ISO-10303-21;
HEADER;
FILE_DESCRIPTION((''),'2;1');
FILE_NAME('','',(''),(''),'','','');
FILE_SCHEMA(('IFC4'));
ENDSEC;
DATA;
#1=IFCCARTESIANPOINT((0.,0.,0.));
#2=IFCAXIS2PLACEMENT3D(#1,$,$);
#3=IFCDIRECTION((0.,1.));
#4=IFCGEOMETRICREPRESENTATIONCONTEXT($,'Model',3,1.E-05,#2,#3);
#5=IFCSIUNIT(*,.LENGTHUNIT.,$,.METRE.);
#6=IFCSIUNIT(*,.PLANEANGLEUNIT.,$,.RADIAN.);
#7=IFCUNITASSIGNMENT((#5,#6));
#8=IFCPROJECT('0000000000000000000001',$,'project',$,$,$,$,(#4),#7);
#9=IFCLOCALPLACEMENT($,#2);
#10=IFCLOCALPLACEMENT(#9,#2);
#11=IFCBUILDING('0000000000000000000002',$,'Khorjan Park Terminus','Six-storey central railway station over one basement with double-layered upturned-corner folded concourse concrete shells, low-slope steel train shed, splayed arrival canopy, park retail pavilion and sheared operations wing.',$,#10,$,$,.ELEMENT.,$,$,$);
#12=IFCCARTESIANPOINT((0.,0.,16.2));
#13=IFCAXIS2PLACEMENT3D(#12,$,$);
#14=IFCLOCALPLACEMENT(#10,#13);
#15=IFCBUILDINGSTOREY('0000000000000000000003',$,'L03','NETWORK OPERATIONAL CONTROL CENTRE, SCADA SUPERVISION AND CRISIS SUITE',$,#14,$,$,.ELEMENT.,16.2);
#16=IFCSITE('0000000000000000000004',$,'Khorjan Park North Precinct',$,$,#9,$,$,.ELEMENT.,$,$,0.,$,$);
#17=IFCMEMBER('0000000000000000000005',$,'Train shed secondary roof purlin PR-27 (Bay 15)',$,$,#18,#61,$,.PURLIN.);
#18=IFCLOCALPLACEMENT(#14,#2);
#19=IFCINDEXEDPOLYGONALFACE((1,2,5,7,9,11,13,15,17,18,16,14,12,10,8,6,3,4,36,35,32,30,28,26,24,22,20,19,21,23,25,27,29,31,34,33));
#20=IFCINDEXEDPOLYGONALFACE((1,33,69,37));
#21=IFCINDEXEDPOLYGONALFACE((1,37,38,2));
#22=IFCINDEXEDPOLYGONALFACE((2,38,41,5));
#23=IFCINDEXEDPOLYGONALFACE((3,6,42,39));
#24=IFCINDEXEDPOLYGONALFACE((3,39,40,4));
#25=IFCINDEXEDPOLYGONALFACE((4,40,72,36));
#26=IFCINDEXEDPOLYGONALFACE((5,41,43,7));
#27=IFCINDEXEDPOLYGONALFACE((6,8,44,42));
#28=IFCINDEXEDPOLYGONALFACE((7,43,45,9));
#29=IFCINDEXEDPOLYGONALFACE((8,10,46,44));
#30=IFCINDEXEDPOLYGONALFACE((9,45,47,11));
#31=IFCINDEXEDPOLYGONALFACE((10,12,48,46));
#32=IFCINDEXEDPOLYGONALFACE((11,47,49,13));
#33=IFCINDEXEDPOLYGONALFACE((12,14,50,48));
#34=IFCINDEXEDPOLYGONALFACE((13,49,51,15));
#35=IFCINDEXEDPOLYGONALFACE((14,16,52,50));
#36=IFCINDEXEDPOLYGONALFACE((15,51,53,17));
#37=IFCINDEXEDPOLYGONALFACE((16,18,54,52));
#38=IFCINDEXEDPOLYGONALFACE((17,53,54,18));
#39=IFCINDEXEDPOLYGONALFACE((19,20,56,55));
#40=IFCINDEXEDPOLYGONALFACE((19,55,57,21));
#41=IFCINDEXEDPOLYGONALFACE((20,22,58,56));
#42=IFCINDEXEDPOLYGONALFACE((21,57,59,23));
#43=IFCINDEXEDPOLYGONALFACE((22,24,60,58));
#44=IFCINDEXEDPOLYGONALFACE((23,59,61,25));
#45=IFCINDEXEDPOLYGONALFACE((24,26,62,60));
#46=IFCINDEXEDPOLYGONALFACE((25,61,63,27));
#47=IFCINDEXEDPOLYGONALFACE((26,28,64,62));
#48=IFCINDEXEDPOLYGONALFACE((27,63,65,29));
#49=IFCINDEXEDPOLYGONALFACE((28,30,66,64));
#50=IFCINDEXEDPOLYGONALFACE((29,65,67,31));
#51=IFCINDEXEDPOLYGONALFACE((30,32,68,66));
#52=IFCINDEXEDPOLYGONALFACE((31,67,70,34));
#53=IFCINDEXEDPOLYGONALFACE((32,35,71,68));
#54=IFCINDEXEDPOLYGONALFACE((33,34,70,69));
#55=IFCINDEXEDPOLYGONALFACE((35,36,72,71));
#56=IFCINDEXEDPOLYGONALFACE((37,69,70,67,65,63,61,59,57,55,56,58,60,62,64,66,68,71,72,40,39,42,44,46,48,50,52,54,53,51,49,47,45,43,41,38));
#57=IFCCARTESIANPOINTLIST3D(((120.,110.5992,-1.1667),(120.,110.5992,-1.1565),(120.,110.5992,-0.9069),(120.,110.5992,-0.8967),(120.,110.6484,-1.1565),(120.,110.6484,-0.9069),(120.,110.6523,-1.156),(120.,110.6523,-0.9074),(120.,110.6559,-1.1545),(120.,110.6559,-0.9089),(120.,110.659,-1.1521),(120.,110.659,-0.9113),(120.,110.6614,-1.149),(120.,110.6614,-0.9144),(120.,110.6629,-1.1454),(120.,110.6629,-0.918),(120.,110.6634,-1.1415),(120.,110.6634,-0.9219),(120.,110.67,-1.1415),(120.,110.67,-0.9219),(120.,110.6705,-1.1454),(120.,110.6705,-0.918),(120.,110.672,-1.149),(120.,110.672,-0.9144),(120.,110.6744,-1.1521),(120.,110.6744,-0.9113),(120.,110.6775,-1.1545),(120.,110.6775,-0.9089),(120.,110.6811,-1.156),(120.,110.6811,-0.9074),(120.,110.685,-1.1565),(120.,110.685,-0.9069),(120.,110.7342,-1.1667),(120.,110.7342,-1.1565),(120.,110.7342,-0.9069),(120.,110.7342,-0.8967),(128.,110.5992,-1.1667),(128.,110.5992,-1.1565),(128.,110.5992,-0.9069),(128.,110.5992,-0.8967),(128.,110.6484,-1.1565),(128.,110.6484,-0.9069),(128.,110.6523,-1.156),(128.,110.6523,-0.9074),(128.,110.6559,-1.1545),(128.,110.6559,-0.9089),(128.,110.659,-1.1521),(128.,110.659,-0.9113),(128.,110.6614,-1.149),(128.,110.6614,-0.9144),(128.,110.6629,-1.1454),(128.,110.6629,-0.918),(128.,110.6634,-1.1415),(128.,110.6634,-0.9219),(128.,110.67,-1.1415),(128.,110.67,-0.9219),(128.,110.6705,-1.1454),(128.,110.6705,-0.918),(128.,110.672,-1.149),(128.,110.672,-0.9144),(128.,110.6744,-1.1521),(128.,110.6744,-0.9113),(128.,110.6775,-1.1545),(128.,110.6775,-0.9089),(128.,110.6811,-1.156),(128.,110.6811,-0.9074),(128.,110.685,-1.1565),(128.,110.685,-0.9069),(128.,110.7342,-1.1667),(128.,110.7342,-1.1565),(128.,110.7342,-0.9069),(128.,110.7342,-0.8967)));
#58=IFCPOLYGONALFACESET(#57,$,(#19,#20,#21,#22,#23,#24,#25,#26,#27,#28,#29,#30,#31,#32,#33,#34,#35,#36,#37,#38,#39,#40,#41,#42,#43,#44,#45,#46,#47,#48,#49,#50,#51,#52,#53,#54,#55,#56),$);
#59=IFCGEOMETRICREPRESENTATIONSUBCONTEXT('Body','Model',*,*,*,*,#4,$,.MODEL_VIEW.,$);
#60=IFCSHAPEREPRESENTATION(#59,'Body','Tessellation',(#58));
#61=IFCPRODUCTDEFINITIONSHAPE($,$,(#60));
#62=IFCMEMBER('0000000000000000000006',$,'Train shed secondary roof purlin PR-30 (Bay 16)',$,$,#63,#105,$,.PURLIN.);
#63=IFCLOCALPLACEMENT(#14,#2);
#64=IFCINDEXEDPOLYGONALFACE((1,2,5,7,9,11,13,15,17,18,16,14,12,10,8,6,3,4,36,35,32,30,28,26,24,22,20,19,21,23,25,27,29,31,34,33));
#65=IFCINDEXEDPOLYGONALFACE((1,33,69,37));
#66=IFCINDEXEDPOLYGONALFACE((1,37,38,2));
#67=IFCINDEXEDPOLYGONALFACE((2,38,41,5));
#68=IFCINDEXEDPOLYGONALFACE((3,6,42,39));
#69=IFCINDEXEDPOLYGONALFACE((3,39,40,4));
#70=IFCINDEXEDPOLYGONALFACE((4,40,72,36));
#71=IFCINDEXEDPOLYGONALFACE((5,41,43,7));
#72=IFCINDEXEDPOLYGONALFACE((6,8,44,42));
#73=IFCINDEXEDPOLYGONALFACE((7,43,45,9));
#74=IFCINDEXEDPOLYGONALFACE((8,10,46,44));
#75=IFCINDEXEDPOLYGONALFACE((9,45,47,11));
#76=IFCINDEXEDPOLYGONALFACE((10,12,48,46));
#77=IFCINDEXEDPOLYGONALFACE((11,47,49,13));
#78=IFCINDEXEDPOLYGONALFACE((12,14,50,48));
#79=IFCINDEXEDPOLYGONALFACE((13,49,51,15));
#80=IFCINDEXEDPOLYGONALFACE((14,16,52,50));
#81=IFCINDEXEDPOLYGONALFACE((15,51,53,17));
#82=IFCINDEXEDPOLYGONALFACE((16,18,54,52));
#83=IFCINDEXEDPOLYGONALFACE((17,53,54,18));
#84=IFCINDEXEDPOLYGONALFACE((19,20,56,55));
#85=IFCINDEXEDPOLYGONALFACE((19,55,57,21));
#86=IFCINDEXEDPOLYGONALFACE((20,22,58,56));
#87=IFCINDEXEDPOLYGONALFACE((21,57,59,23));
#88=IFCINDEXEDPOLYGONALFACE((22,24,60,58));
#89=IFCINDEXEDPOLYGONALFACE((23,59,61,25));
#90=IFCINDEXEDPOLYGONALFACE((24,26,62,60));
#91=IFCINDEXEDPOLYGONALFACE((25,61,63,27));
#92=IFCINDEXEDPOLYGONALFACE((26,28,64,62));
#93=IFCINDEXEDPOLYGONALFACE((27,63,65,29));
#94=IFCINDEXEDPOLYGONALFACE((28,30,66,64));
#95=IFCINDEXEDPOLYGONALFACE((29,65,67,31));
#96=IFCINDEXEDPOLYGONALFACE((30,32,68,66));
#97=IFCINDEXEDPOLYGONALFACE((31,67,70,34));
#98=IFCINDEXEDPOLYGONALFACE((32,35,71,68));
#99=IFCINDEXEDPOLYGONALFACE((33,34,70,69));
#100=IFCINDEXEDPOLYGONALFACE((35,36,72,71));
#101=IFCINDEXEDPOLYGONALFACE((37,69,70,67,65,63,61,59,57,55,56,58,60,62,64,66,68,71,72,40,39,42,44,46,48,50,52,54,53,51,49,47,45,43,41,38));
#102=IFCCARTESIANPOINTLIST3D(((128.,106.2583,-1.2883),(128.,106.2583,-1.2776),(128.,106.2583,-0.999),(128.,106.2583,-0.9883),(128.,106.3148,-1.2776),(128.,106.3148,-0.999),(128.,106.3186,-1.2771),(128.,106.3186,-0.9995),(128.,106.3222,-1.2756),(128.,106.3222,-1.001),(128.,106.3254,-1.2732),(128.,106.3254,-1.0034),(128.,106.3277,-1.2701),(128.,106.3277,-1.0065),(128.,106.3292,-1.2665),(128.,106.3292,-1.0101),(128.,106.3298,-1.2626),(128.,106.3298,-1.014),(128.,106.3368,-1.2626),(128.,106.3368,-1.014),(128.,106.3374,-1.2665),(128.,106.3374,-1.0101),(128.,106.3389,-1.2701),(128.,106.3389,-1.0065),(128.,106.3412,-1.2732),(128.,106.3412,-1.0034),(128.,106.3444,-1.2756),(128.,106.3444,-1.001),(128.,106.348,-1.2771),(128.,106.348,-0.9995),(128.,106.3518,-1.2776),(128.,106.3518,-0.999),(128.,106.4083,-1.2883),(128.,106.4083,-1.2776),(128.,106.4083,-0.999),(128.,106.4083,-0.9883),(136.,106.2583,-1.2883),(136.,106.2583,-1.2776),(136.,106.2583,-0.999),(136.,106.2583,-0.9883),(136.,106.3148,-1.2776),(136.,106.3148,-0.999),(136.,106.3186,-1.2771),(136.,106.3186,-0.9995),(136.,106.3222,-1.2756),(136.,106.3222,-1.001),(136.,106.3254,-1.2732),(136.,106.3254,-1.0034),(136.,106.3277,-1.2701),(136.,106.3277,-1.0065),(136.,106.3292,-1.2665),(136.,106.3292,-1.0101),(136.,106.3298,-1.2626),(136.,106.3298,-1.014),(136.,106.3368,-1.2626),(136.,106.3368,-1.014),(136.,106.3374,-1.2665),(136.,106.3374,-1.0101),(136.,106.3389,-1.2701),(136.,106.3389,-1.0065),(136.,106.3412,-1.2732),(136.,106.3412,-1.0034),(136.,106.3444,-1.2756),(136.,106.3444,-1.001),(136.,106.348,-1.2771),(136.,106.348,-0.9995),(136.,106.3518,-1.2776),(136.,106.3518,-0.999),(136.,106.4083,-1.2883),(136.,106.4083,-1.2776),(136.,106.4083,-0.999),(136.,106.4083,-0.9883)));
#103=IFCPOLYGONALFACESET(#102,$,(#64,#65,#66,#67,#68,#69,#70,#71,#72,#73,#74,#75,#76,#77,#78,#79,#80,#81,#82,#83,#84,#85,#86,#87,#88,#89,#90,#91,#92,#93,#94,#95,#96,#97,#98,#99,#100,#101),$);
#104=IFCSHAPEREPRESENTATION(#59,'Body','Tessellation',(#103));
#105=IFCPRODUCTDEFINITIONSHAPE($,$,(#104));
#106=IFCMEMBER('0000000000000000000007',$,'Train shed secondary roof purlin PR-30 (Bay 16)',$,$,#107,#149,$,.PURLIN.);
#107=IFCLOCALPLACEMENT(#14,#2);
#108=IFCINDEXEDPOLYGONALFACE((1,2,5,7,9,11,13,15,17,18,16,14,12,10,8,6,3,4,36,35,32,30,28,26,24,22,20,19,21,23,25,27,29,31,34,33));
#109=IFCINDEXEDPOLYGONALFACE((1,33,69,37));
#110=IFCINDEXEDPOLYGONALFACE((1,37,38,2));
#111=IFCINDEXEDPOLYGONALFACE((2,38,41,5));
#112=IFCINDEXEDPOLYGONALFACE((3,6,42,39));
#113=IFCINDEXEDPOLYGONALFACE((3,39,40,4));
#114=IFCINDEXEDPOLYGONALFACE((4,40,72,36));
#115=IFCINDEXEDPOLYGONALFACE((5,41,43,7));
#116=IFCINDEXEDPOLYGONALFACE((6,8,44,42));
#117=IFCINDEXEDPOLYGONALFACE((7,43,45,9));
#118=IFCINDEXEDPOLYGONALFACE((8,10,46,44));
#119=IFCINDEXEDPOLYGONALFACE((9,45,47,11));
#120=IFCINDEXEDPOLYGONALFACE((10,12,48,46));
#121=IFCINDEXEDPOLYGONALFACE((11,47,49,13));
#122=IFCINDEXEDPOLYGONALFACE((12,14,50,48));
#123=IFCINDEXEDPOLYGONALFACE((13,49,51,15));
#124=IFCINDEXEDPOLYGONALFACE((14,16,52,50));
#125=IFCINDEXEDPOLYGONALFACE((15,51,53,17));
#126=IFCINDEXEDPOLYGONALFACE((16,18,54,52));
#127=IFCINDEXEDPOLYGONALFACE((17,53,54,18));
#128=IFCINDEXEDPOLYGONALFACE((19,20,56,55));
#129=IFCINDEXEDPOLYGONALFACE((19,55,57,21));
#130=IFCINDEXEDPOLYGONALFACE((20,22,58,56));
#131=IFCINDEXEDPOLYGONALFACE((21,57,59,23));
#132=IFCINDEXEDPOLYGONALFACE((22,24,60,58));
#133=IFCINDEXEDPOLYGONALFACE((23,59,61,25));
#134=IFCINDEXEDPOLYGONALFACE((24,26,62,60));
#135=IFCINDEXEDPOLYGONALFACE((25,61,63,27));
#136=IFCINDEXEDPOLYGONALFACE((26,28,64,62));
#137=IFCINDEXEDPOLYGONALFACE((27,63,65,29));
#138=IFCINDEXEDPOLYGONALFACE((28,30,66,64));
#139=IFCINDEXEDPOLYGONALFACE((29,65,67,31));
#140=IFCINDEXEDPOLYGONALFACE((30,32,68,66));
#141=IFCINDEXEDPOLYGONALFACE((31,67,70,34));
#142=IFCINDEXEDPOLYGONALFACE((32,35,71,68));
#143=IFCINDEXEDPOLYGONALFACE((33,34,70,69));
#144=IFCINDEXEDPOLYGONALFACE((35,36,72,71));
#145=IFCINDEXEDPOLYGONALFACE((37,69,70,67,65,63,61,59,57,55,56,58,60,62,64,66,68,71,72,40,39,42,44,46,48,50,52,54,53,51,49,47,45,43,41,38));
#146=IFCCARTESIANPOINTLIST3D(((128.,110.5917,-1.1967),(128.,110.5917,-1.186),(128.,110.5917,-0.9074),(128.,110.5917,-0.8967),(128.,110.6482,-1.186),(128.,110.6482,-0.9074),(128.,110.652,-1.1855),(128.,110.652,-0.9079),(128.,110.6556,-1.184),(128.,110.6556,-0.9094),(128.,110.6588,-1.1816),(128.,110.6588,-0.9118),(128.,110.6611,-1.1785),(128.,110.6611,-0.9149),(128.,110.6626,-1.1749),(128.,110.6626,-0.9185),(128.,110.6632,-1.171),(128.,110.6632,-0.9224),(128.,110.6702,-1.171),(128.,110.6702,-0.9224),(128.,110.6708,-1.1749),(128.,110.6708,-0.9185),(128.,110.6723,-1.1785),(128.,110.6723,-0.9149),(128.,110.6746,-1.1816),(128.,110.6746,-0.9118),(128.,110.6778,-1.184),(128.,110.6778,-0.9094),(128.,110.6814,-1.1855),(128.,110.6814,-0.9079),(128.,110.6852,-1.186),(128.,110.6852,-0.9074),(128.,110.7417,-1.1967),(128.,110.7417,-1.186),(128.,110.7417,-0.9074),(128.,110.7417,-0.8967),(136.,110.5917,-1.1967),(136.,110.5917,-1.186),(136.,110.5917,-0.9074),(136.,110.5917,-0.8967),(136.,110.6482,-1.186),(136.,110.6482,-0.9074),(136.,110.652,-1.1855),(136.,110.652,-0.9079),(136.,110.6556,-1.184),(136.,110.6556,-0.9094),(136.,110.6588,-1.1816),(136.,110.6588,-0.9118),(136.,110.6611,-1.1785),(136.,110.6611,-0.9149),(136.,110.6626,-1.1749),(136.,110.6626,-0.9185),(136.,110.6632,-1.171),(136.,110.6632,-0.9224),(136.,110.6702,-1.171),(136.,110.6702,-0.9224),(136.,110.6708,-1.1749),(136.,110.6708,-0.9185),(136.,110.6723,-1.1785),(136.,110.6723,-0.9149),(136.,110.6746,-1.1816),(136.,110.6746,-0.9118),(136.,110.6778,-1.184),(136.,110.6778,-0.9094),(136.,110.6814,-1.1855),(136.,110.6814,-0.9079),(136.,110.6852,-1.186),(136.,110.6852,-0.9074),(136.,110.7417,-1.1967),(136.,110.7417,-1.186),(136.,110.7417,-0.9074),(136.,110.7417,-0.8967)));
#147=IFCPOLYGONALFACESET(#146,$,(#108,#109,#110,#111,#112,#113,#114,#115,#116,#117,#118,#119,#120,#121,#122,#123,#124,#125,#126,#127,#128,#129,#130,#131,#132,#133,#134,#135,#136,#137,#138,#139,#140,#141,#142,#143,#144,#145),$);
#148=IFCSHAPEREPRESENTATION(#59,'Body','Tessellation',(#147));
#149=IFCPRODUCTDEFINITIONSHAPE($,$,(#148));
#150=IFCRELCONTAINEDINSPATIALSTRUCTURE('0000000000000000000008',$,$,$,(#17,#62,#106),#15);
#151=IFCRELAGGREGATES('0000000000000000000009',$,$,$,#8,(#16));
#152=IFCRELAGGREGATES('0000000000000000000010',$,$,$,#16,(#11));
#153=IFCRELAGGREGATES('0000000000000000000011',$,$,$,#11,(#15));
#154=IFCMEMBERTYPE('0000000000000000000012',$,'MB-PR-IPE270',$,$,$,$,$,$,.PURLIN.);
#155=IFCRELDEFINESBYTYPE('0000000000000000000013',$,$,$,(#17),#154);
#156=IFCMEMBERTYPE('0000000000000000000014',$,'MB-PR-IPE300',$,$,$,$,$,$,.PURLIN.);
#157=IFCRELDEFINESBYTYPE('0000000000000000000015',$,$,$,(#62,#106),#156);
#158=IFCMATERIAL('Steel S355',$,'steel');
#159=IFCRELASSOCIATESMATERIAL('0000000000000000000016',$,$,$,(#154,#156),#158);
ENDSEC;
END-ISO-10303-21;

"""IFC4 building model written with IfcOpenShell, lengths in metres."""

from ifc_helpers import new_model, si_unit, direction, frame, origin, origin_2d, place, context, subcontext, project, spatial, i_section, extrude, material, material_profile, profile_set, type_object, element, save


model = new_model("IFC4")

# Units and contexts
model_context = context("Model", 3, precision=1e-05, world=origin(), true_north=direction((0.0, 1.0)))
body_context = subcontext(model_context, "Body", "Model", "MODEL_VIEW")
ifc_project = project(units=[si_unit("LENGTHUNIT", "METRE"), si_unit("PLANEANGLEUNIT", "RADIAN")], contexts=[model_context])

# Site, building, storey
site_placement = place(None, origin())
site = spatial("IfcSite", under=ifc_project, at=site_placement, Name="Khorjan Park North Precinct", CompositionType="ELEMENT", RefElevation=0.0)
building_placement = place(site_placement, origin())
building = spatial("IfcBuilding", under=site, at=building_placement, Name="Khorjan Park Terminus", Description="Six-storey central railway station over one basement with double-layered upturned-corner folded concourse concrete shells, low-slope steel train shed, splayed arrival canopy, park retail pavilion and sheared operations wing.", CompositionType="ELEMENT")
storey_placement = place(building_placement, frame((0.0, 0.0, 16.2)))
storey = spatial("IfcBuildingStorey", under=building, at=storey_placement, Name="L03", Description="NETWORK OPERATIONAL CONTROL CENTRE, SCADA SUPERVISION AND CRISIS SUITE", CompositionType="ELEMENT", Elevation=16.2)

# Members
ifc_material_1 = material(Name="Steel S355", Category="steel")
ifc_material_profile_1 = material_profile(ifc_material_1, i_section(OverallWidth=0.135, OverallDepth=0.27, WebThickness=0.0066, FlangeThickness=0.0102, FilletRadius=0.015, at=origin_2d()), Name="IPE 270")
ifc_profile_set_1 = profile_set([ifc_material_profile_1], Name="Steel S355")
member_type_1 = type_object("IfcMemberType", Name="MB-PR-IPE270", PredefinedType="PURLIN", material=ifc_profile_set_1)
for number, where, z_axis, x_axis, name in (
    (1, (120.0, 110.6667, -1.0317), (1.0, 0.0, 0.0), (0.0, 1.0, 0.0), "Train shed secondary roof purlin PR-27 (Bay 15)"),
):
    element("IfcMember", number, at=place(storey_placement, frame(where, z_axis=z_axis, x_axis=x_axis)), inside=storey, type_object=member_type_1, Name=name, PredefinedType="PURLIN", context=body_context, shape_type="SweptSolid", body=[
        extrude(i_section(OverallWidth=0.135, OverallDepth=0.27, WebThickness=0.0066, FlangeThickness=0.0102, FilletRadius=0.015, at=origin_2d()), origin(), (0.0, 0.0, 1.0), 8.0),
    ])
ifc_material_profile_2 = material_profile(ifc_material_1, i_section(OverallWidth=0.15, OverallDepth=0.3, WebThickness=0.0071, FlangeThickness=0.0107, FilletRadius=0.015, at=origin_2d()), Name="IPE 300")
ifc_profile_set_2 = profile_set([ifc_material_profile_2], Name="Steel S355")
member_type_2 = type_object("IfcMemberType", Name="MB-PR-IPE300", PredefinedType="PURLIN", material=ifc_profile_set_2)
for number, where, z_axis, x_axis, name in (
    (2, (128.0, 106.3333, -1.1383), (1.0, 0.0, 0.0), (0.0, 1.0, 0.0), "Train shed secondary roof purlin PR-30 (Bay 16)"),
    (3, (128.0, 110.6667, -1.0467), (1.0, 0.0, 0.0), (0.0, 1.0, 0.0), "Train shed secondary roof purlin PR-30 (Bay 16)"),
):
    element("IfcMember", number, at=place(storey_placement, frame(where, z_axis=z_axis, x_axis=x_axis)), inside=storey, type_object=member_type_2, Name=name, PredefinedType="PURLIN", context=body_context, shape_type="SweptSolid", body=[
        extrude(i_section(OverallWidth=0.15, OverallDepth=0.3, WebThickness=0.0071, FlangeThickness=0.0107, FilletRadius=0.015, at=origin_2d()), origin(), (0.0, 0.0, 1.0), 8.0),
    ])

save(model, "model.ifc")
